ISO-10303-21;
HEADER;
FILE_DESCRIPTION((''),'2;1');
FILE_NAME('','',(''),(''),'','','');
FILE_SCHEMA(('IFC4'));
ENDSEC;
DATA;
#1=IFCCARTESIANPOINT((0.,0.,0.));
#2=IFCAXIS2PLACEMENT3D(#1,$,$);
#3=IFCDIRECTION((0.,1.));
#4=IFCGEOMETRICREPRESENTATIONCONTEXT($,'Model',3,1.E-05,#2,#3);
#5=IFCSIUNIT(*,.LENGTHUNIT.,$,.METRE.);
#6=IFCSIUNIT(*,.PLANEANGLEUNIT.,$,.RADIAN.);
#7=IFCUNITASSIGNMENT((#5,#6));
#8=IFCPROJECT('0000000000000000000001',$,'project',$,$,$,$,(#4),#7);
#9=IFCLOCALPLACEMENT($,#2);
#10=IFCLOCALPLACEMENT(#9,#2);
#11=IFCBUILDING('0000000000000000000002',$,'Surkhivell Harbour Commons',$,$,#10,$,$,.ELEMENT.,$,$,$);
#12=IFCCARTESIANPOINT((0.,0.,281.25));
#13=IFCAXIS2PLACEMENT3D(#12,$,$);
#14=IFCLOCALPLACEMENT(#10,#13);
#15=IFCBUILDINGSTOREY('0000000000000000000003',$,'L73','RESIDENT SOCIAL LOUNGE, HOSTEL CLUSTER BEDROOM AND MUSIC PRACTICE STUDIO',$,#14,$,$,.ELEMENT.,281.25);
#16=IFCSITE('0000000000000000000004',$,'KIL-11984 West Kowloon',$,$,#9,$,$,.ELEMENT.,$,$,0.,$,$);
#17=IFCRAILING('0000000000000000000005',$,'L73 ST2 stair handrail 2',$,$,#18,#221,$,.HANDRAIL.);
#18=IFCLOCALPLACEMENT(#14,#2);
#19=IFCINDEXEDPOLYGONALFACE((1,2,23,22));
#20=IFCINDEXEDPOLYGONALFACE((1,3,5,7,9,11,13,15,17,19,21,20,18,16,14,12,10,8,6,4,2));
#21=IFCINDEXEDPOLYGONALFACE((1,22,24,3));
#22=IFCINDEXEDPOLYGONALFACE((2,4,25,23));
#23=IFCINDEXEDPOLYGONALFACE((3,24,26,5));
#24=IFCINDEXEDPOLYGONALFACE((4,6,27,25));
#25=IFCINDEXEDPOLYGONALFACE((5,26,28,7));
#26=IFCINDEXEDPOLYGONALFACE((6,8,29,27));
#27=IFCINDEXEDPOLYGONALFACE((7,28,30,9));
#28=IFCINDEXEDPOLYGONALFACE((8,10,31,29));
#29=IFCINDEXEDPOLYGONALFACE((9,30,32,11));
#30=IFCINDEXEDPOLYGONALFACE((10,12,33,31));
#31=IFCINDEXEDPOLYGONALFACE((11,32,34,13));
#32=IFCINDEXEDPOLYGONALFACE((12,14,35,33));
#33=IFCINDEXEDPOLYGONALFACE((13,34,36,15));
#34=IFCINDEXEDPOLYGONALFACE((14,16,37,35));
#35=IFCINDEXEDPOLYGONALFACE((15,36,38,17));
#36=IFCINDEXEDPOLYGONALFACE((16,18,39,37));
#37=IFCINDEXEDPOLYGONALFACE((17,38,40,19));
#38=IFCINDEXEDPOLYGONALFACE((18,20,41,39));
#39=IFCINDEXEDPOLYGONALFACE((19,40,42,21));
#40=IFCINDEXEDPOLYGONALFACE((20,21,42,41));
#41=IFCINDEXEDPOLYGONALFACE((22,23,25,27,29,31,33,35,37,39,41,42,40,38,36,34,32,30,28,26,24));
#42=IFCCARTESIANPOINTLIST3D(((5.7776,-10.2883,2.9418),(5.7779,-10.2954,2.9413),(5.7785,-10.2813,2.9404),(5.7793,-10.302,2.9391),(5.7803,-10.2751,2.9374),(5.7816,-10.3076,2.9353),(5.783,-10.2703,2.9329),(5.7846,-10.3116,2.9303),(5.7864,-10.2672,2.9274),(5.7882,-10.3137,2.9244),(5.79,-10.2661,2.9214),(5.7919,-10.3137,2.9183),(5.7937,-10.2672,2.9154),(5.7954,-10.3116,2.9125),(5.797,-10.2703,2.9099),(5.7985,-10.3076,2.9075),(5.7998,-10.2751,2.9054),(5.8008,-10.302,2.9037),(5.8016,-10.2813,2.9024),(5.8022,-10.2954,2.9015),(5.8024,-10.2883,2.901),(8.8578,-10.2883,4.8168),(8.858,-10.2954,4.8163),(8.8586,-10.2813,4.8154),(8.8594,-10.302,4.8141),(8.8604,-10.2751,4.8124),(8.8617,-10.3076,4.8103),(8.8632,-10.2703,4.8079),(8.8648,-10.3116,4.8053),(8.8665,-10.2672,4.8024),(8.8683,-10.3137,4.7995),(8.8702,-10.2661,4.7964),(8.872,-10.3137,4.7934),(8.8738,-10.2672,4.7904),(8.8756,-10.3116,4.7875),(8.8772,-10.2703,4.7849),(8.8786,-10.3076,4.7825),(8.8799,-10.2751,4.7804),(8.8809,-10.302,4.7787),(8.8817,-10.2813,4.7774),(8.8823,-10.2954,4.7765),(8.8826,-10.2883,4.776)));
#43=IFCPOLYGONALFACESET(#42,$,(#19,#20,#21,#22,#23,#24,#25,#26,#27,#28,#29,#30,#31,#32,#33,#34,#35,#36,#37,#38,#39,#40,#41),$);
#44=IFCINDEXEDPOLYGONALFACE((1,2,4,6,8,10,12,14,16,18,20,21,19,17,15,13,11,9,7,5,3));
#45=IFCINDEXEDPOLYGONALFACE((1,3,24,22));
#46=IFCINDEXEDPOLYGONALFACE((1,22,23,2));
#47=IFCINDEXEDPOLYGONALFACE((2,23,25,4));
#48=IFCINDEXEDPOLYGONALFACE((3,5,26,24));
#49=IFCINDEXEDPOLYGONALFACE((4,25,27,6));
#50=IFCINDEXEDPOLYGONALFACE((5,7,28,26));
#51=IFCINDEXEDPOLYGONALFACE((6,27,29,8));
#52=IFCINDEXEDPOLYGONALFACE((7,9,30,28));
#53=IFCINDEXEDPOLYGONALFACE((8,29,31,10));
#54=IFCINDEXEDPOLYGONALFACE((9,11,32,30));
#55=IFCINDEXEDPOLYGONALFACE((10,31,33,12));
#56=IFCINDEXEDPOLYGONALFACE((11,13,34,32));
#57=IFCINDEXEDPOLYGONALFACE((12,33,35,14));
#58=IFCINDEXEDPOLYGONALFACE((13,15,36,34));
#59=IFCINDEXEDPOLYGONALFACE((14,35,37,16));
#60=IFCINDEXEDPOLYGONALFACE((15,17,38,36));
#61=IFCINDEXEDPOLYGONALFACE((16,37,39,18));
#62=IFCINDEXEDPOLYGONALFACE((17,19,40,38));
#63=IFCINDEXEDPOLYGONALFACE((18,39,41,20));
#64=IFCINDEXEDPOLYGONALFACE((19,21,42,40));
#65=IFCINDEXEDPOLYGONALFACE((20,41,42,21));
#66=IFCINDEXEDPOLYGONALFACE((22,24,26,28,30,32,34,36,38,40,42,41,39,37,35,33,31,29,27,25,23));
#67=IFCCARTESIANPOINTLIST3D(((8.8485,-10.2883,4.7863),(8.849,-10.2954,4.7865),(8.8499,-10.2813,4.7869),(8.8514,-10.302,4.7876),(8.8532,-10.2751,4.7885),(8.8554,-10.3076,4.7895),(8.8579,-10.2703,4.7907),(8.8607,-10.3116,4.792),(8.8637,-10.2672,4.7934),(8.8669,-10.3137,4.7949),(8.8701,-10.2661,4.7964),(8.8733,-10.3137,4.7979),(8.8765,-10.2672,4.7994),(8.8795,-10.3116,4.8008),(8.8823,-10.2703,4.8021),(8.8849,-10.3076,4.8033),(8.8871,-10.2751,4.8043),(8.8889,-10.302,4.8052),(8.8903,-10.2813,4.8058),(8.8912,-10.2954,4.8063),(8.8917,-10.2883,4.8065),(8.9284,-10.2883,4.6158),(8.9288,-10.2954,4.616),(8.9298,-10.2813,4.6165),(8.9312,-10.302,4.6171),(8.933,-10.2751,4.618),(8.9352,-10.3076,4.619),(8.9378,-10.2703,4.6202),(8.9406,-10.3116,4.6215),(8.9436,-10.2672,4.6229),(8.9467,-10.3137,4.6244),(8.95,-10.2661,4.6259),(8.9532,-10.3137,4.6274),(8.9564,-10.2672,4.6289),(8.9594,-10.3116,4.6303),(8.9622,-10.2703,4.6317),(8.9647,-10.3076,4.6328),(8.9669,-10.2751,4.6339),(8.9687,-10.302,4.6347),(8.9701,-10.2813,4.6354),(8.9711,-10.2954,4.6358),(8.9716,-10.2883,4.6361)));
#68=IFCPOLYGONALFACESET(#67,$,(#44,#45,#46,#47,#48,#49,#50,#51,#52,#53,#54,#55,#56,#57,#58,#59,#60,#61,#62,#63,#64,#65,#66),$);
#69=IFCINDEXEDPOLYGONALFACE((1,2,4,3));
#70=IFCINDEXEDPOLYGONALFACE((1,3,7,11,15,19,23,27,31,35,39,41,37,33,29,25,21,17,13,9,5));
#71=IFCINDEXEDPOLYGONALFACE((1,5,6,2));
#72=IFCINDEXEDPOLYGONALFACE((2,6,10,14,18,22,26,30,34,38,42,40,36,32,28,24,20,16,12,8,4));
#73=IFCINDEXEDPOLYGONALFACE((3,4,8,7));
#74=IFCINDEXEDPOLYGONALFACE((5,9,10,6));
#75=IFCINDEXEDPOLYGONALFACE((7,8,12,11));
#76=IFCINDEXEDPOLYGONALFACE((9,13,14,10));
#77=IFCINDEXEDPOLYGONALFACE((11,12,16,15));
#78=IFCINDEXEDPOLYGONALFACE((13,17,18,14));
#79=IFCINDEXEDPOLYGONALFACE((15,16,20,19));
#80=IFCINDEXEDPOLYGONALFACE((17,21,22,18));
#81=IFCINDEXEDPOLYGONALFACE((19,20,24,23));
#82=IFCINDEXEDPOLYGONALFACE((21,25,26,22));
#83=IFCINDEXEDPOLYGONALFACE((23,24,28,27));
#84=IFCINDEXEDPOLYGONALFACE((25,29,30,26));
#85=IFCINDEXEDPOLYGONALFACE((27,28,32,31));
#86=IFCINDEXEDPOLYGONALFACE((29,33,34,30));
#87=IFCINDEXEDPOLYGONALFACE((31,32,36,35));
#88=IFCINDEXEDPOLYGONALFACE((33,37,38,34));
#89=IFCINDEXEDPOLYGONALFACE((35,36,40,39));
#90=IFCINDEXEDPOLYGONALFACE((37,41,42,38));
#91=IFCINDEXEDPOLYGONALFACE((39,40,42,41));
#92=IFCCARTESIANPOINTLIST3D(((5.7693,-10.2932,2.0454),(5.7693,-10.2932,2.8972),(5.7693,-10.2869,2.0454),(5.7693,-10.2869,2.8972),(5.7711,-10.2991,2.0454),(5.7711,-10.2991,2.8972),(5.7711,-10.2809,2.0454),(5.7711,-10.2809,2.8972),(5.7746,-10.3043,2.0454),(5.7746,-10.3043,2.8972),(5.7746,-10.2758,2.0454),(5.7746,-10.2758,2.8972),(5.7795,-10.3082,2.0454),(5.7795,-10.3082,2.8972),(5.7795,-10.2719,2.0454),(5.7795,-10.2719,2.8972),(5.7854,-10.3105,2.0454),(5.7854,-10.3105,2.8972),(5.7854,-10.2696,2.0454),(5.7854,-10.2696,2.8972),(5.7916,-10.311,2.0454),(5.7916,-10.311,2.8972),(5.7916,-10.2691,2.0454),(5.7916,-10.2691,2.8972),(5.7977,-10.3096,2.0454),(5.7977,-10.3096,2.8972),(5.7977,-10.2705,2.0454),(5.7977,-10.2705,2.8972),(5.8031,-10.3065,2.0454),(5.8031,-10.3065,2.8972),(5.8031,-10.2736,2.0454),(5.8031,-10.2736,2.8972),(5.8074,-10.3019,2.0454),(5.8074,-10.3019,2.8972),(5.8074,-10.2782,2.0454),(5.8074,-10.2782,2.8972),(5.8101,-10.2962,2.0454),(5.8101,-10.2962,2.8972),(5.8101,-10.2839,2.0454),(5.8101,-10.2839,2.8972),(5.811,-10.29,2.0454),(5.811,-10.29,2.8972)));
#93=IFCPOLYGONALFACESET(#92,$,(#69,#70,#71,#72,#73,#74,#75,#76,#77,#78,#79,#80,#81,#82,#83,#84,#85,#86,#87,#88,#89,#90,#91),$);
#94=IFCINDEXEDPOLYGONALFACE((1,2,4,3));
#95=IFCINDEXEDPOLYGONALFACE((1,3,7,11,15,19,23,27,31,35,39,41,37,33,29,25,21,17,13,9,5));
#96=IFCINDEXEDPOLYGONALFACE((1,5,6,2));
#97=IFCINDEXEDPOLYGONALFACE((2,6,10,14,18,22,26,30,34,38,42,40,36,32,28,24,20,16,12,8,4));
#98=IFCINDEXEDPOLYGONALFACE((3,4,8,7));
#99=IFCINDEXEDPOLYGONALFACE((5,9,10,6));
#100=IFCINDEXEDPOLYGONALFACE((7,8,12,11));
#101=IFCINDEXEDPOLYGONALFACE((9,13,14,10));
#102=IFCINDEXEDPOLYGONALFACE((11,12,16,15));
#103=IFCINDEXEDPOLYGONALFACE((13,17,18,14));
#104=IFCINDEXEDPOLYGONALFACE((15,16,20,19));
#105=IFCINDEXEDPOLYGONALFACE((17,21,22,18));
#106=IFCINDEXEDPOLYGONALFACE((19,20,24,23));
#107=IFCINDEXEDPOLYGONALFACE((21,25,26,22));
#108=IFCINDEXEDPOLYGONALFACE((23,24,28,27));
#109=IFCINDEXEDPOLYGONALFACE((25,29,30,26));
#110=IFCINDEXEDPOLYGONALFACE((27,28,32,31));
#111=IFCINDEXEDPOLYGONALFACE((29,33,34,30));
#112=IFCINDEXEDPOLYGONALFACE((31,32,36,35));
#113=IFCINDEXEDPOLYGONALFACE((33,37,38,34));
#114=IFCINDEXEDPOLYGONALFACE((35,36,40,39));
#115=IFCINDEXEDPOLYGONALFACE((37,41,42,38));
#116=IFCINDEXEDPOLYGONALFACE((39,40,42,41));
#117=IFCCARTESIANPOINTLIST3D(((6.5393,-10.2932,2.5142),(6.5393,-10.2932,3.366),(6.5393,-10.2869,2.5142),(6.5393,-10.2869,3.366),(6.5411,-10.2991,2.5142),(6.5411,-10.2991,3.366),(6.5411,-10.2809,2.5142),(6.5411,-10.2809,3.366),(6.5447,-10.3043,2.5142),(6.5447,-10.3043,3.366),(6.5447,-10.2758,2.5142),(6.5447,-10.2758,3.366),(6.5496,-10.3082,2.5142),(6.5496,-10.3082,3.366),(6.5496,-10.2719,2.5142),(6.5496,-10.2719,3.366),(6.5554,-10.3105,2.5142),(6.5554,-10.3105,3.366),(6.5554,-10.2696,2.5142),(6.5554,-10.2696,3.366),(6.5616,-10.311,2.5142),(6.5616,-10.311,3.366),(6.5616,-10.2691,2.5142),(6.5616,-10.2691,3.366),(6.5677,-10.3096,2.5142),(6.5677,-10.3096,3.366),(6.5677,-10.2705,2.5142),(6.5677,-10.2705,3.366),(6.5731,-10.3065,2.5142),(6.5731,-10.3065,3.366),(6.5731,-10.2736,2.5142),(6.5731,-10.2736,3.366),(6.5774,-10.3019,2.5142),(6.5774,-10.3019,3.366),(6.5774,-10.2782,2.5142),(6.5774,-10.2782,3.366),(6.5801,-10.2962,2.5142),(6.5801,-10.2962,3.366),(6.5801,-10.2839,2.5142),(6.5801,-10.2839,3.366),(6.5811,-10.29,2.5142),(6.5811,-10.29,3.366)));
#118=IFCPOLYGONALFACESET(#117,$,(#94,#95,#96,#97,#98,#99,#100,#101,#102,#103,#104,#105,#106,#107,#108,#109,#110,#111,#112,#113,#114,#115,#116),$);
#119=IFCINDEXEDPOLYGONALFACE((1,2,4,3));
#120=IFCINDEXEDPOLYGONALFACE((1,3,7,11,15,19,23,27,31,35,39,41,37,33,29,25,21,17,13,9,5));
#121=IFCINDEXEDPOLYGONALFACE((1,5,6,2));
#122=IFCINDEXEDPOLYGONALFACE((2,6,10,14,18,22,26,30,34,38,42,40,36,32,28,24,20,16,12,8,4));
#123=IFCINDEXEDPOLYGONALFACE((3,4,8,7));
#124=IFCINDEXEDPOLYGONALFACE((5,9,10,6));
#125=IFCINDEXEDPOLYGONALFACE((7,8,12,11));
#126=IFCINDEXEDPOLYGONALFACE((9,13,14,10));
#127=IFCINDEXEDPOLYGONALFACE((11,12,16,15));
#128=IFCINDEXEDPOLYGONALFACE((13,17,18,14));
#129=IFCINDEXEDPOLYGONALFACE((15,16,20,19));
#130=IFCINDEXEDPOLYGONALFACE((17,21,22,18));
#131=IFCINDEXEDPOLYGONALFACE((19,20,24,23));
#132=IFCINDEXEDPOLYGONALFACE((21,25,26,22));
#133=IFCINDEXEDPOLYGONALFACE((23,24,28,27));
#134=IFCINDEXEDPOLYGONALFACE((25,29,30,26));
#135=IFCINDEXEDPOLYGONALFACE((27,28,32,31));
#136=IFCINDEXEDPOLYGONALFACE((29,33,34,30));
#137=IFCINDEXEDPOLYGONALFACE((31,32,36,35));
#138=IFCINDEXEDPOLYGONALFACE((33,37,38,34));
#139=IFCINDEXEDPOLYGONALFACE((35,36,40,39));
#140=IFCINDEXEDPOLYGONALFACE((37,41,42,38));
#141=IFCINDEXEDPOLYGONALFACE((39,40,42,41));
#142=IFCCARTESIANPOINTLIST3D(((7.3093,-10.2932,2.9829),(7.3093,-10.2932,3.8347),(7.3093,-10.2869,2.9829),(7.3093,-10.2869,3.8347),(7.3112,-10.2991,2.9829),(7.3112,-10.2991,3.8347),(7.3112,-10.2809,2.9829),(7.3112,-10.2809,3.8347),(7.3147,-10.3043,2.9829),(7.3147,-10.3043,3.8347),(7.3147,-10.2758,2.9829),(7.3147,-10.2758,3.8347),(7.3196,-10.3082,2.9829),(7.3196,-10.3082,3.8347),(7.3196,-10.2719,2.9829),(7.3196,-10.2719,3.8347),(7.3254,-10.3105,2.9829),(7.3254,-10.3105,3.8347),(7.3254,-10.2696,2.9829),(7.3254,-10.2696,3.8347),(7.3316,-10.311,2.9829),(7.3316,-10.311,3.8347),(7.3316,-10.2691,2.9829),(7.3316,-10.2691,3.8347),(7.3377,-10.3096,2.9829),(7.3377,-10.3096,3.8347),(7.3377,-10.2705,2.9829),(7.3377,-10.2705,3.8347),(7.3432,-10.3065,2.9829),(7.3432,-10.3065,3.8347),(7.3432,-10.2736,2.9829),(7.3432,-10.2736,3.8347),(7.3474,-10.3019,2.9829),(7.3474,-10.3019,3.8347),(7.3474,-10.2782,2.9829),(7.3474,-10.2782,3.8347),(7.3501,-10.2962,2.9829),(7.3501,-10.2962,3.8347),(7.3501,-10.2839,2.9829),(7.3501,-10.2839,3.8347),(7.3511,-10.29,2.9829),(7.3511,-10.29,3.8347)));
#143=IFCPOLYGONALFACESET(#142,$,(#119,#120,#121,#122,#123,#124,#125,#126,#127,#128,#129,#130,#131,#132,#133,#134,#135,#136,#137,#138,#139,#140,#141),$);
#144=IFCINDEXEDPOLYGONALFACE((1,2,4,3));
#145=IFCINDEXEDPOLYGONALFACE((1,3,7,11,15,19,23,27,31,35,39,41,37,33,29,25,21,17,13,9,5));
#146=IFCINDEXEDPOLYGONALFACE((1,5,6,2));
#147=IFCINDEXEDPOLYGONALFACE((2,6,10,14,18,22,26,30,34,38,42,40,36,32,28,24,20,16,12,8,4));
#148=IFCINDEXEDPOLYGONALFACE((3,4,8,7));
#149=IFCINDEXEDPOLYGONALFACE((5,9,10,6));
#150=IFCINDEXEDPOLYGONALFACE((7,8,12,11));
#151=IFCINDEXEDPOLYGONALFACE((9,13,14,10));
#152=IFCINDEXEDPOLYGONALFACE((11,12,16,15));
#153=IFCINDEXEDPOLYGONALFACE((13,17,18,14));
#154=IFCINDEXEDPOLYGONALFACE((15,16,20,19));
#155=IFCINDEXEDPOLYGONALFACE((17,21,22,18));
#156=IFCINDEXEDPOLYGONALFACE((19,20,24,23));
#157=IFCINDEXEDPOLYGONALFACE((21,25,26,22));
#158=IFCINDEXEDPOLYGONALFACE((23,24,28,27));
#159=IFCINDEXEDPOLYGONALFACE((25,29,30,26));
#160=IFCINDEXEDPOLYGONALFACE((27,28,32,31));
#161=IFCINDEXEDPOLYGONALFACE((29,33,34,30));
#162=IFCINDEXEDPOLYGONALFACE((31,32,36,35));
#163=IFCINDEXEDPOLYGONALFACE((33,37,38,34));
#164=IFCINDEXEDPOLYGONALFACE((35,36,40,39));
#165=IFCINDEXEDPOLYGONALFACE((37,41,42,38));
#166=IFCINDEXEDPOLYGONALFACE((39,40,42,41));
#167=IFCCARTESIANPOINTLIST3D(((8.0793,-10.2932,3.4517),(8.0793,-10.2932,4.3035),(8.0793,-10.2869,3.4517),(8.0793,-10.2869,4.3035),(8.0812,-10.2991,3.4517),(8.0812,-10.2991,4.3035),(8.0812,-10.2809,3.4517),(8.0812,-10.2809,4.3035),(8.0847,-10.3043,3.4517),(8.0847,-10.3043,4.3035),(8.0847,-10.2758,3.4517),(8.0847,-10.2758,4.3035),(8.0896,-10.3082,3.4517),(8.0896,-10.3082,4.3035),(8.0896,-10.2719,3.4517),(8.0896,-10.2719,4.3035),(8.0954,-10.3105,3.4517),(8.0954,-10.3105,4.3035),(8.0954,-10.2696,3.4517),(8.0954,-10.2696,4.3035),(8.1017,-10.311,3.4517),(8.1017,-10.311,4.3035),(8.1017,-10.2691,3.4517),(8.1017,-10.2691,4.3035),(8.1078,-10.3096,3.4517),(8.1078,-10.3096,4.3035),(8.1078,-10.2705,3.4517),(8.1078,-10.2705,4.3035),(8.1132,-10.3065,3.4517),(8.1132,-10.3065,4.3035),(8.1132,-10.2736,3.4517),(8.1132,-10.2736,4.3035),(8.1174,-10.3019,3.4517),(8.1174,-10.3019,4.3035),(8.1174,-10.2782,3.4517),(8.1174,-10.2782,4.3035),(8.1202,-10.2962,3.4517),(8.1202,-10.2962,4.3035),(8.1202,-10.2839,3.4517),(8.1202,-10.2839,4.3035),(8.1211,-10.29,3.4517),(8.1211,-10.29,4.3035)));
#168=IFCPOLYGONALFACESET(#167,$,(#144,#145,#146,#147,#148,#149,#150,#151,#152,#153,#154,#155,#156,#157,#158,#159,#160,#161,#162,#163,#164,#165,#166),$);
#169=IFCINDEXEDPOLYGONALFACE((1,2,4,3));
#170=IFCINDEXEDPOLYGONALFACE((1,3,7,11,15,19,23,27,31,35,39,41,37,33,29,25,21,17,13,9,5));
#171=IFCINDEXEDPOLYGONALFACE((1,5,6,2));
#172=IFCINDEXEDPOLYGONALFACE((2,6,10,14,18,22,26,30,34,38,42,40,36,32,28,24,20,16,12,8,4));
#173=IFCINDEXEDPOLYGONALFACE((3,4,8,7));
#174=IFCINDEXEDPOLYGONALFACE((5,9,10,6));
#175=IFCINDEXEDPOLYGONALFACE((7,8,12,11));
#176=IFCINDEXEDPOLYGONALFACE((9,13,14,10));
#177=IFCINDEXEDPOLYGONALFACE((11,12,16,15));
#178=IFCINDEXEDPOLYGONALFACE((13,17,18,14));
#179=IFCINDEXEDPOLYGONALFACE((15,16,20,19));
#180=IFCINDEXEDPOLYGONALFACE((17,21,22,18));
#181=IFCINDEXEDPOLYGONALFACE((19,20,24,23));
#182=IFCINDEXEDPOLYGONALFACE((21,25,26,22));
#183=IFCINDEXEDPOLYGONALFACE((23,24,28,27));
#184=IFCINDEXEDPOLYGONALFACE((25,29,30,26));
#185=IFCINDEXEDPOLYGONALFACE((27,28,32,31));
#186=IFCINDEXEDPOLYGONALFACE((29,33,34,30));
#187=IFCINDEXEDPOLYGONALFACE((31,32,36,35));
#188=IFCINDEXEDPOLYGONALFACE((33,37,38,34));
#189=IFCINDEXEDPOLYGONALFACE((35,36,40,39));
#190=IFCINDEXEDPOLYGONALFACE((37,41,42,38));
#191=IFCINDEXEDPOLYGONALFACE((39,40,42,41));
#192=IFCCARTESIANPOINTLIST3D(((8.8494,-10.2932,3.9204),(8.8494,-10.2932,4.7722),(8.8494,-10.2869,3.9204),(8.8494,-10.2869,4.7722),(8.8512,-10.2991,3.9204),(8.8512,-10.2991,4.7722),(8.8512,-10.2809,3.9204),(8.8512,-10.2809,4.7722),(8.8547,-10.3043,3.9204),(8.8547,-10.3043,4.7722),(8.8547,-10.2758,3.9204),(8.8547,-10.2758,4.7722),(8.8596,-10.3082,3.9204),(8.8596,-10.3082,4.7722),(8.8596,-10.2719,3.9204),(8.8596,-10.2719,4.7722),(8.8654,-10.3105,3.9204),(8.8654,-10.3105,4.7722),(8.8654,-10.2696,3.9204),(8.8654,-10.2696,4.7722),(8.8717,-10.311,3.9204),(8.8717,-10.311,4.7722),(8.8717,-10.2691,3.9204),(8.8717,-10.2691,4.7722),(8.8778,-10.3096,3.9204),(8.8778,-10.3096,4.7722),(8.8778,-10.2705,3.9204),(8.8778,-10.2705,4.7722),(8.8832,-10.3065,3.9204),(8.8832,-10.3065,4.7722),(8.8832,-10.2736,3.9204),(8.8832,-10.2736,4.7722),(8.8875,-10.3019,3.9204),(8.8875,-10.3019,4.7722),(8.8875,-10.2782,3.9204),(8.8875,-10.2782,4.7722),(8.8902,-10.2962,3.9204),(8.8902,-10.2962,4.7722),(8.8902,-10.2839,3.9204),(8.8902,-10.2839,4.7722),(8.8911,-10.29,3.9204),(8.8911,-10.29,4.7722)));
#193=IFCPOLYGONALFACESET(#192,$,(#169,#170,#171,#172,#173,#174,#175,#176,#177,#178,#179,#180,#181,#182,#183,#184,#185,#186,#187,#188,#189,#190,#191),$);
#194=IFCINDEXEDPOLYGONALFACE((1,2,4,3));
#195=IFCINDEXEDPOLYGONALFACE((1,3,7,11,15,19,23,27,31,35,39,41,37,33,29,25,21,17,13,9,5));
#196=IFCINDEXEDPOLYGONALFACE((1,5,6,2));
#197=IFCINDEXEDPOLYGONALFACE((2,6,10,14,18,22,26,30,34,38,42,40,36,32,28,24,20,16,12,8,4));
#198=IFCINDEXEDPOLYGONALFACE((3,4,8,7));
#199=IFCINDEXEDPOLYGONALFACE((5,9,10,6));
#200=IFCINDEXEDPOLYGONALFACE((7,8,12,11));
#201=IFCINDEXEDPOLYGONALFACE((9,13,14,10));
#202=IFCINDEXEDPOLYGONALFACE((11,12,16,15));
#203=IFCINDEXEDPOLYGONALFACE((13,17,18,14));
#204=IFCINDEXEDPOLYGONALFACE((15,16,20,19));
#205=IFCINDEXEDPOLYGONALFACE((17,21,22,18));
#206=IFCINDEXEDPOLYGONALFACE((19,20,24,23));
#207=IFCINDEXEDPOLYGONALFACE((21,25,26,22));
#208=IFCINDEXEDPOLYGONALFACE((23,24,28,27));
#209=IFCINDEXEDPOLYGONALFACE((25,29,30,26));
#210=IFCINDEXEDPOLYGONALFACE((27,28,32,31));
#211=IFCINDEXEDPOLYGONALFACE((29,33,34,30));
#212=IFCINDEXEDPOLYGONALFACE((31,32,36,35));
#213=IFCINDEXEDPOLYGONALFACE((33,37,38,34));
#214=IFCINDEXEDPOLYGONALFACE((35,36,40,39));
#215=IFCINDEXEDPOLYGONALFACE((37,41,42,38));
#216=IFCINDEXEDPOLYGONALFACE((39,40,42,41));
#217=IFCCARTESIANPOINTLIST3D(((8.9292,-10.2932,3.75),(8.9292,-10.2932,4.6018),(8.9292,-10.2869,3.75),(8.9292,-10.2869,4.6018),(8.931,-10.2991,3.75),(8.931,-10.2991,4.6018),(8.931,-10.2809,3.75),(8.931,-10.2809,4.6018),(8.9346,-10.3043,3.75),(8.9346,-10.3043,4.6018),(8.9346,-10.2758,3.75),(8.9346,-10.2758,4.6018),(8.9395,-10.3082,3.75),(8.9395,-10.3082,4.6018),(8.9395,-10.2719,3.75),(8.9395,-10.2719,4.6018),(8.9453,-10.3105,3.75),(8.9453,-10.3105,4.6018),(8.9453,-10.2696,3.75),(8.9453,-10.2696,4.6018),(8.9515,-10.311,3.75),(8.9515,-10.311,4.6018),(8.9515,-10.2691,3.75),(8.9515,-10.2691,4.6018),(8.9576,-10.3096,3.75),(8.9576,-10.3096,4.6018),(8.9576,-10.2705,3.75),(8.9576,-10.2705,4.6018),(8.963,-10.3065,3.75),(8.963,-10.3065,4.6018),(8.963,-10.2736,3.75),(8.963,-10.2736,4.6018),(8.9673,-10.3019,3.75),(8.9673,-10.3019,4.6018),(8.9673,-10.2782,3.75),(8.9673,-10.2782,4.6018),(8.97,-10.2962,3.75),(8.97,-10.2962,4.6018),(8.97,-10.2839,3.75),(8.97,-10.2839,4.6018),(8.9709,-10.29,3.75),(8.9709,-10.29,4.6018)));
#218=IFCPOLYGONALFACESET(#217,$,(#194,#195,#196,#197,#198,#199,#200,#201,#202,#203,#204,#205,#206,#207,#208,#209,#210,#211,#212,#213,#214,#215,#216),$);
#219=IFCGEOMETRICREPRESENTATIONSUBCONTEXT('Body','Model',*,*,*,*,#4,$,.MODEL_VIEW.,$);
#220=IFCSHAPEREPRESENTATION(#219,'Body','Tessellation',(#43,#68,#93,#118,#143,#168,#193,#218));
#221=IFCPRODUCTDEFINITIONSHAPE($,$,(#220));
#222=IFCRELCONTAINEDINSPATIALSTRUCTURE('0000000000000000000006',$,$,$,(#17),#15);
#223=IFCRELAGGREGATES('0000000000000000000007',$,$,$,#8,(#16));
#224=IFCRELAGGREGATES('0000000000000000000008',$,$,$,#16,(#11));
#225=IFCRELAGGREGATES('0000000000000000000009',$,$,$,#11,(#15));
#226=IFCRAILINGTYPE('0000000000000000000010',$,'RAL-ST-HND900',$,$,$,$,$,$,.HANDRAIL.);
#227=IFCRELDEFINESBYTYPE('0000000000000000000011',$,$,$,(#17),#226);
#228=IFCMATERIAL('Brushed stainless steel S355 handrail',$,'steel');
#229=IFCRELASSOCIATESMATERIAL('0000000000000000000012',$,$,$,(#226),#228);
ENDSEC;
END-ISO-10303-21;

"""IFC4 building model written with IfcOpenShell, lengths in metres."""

from ifc_helpers import new_model, si_unit, direction, frame, origin, origin_2d, place, context, subcontext, project, spatial, circle, extrude, material, type_object, element, save


model = new_model("IFC4")

# Units and contexts
model_context = context("Model", 3, precision=1e-05, world=origin(), true_north=direction((0.0, 1.0)))
body_context = subcontext(model_context, "Body", "Model", "MODEL_VIEW")
ifc_project = project(units=[si_unit("LENGTHUNIT", "METRE"), si_unit("PLANEANGLEUNIT", "RADIAN")], contexts=[model_context])

# Site, building, storey
site_placement = place(None, origin())
site = spatial("IfcSite", under=ifc_project, at=site_placement, Name="KIL-11984 West Kowloon", CompositionType="ELEMENT", RefElevation=0.0)
building_placement = place(site_placement, origin())
building = spatial("IfcBuilding", under=site, at=building_placement, Name="Surkhivell Harbour Commons", CompositionType="ELEMENT")
storey_placement = place(building_placement, frame((0.0, 0.0, 281.25)))
storey = spatial("IfcBuildingStorey", under=building, at=storey_placement, Name="L73", Description="RESIDENT SOCIAL LOUNGE, HOSTEL CLUSTER BEDROOM AND MUSIC PRACTICE STUDIO", CompositionType="ELEMENT", Elevation=281.25)

# Railing
ifc_material_1 = material(Name="Brushed stainless steel S355 handrail", Category="steel")
railing_type_1 = type_object("IfcRailingType", Name="RAL-ST-HND900", PredefinedType="HANDRAIL", material=ifc_material_1)
railing_1_placement = place(storey_placement, frame((5.79, -10.29, 2.0454)))
element("IfcRailing", 1, at=railing_1_placement, inside=storey, type_object=railing_type_1, Name="L73 ST2 stair handrail 2", PredefinedType="HANDRAIL", context=body_context, shape_type="SweptSolid", body=[
    extrude(circle(Radius=0.0239, at=origin_2d()), frame((0.0, 0.0, 0.876), z_axis=(0.854178, 0.0, 0.519981), x_axis=(0.0, 1.0, 0.0)), (0.0, 0.0, 1.0), 3.606),
    extrude(circle(Radius=0.0239, at=origin_2d()), frame((3.0801, 0.0, 2.751), z_axis=(0.424234, 0.0, -0.905552), x_axis=(0.0, 1.0, 0.0)), (0.0, 0.0, 1.0), 0.1882),
    extrude(circle(Radius=0.021, at=origin_2d()), origin(), (0.0, 0.0, 1.0), 0.8518),
    extrude(circle(Radius=0.021, at=origin_2d()), frame((0.77, 0.0, 0.4688)), (0.0, 0.0, 1.0), 0.8518),
    extrude(circle(Radius=0.021, at=origin_2d()), frame((1.54, 0.0, 0.9375)), (0.0, 0.0, 1.0), 0.8518),
    extrude(circle(Radius=0.021, at=origin_2d()), frame((2.3101, 0.0, 1.4062)), (0.0, 0.0, 1.0), 0.8518),
    extrude(circle(Radius=0.021, at=origin_2d()), frame((3.0801, 0.0, 1.875)), (0.0, 0.0, 1.0), 0.8518),
    extrude(circle(Radius=0.021, at=origin_2d()), frame((3.1599, 0.0, 1.7046)), (0.0, 0.0, 1.0), 0.8518),
])

save(model, "model.ifc")
